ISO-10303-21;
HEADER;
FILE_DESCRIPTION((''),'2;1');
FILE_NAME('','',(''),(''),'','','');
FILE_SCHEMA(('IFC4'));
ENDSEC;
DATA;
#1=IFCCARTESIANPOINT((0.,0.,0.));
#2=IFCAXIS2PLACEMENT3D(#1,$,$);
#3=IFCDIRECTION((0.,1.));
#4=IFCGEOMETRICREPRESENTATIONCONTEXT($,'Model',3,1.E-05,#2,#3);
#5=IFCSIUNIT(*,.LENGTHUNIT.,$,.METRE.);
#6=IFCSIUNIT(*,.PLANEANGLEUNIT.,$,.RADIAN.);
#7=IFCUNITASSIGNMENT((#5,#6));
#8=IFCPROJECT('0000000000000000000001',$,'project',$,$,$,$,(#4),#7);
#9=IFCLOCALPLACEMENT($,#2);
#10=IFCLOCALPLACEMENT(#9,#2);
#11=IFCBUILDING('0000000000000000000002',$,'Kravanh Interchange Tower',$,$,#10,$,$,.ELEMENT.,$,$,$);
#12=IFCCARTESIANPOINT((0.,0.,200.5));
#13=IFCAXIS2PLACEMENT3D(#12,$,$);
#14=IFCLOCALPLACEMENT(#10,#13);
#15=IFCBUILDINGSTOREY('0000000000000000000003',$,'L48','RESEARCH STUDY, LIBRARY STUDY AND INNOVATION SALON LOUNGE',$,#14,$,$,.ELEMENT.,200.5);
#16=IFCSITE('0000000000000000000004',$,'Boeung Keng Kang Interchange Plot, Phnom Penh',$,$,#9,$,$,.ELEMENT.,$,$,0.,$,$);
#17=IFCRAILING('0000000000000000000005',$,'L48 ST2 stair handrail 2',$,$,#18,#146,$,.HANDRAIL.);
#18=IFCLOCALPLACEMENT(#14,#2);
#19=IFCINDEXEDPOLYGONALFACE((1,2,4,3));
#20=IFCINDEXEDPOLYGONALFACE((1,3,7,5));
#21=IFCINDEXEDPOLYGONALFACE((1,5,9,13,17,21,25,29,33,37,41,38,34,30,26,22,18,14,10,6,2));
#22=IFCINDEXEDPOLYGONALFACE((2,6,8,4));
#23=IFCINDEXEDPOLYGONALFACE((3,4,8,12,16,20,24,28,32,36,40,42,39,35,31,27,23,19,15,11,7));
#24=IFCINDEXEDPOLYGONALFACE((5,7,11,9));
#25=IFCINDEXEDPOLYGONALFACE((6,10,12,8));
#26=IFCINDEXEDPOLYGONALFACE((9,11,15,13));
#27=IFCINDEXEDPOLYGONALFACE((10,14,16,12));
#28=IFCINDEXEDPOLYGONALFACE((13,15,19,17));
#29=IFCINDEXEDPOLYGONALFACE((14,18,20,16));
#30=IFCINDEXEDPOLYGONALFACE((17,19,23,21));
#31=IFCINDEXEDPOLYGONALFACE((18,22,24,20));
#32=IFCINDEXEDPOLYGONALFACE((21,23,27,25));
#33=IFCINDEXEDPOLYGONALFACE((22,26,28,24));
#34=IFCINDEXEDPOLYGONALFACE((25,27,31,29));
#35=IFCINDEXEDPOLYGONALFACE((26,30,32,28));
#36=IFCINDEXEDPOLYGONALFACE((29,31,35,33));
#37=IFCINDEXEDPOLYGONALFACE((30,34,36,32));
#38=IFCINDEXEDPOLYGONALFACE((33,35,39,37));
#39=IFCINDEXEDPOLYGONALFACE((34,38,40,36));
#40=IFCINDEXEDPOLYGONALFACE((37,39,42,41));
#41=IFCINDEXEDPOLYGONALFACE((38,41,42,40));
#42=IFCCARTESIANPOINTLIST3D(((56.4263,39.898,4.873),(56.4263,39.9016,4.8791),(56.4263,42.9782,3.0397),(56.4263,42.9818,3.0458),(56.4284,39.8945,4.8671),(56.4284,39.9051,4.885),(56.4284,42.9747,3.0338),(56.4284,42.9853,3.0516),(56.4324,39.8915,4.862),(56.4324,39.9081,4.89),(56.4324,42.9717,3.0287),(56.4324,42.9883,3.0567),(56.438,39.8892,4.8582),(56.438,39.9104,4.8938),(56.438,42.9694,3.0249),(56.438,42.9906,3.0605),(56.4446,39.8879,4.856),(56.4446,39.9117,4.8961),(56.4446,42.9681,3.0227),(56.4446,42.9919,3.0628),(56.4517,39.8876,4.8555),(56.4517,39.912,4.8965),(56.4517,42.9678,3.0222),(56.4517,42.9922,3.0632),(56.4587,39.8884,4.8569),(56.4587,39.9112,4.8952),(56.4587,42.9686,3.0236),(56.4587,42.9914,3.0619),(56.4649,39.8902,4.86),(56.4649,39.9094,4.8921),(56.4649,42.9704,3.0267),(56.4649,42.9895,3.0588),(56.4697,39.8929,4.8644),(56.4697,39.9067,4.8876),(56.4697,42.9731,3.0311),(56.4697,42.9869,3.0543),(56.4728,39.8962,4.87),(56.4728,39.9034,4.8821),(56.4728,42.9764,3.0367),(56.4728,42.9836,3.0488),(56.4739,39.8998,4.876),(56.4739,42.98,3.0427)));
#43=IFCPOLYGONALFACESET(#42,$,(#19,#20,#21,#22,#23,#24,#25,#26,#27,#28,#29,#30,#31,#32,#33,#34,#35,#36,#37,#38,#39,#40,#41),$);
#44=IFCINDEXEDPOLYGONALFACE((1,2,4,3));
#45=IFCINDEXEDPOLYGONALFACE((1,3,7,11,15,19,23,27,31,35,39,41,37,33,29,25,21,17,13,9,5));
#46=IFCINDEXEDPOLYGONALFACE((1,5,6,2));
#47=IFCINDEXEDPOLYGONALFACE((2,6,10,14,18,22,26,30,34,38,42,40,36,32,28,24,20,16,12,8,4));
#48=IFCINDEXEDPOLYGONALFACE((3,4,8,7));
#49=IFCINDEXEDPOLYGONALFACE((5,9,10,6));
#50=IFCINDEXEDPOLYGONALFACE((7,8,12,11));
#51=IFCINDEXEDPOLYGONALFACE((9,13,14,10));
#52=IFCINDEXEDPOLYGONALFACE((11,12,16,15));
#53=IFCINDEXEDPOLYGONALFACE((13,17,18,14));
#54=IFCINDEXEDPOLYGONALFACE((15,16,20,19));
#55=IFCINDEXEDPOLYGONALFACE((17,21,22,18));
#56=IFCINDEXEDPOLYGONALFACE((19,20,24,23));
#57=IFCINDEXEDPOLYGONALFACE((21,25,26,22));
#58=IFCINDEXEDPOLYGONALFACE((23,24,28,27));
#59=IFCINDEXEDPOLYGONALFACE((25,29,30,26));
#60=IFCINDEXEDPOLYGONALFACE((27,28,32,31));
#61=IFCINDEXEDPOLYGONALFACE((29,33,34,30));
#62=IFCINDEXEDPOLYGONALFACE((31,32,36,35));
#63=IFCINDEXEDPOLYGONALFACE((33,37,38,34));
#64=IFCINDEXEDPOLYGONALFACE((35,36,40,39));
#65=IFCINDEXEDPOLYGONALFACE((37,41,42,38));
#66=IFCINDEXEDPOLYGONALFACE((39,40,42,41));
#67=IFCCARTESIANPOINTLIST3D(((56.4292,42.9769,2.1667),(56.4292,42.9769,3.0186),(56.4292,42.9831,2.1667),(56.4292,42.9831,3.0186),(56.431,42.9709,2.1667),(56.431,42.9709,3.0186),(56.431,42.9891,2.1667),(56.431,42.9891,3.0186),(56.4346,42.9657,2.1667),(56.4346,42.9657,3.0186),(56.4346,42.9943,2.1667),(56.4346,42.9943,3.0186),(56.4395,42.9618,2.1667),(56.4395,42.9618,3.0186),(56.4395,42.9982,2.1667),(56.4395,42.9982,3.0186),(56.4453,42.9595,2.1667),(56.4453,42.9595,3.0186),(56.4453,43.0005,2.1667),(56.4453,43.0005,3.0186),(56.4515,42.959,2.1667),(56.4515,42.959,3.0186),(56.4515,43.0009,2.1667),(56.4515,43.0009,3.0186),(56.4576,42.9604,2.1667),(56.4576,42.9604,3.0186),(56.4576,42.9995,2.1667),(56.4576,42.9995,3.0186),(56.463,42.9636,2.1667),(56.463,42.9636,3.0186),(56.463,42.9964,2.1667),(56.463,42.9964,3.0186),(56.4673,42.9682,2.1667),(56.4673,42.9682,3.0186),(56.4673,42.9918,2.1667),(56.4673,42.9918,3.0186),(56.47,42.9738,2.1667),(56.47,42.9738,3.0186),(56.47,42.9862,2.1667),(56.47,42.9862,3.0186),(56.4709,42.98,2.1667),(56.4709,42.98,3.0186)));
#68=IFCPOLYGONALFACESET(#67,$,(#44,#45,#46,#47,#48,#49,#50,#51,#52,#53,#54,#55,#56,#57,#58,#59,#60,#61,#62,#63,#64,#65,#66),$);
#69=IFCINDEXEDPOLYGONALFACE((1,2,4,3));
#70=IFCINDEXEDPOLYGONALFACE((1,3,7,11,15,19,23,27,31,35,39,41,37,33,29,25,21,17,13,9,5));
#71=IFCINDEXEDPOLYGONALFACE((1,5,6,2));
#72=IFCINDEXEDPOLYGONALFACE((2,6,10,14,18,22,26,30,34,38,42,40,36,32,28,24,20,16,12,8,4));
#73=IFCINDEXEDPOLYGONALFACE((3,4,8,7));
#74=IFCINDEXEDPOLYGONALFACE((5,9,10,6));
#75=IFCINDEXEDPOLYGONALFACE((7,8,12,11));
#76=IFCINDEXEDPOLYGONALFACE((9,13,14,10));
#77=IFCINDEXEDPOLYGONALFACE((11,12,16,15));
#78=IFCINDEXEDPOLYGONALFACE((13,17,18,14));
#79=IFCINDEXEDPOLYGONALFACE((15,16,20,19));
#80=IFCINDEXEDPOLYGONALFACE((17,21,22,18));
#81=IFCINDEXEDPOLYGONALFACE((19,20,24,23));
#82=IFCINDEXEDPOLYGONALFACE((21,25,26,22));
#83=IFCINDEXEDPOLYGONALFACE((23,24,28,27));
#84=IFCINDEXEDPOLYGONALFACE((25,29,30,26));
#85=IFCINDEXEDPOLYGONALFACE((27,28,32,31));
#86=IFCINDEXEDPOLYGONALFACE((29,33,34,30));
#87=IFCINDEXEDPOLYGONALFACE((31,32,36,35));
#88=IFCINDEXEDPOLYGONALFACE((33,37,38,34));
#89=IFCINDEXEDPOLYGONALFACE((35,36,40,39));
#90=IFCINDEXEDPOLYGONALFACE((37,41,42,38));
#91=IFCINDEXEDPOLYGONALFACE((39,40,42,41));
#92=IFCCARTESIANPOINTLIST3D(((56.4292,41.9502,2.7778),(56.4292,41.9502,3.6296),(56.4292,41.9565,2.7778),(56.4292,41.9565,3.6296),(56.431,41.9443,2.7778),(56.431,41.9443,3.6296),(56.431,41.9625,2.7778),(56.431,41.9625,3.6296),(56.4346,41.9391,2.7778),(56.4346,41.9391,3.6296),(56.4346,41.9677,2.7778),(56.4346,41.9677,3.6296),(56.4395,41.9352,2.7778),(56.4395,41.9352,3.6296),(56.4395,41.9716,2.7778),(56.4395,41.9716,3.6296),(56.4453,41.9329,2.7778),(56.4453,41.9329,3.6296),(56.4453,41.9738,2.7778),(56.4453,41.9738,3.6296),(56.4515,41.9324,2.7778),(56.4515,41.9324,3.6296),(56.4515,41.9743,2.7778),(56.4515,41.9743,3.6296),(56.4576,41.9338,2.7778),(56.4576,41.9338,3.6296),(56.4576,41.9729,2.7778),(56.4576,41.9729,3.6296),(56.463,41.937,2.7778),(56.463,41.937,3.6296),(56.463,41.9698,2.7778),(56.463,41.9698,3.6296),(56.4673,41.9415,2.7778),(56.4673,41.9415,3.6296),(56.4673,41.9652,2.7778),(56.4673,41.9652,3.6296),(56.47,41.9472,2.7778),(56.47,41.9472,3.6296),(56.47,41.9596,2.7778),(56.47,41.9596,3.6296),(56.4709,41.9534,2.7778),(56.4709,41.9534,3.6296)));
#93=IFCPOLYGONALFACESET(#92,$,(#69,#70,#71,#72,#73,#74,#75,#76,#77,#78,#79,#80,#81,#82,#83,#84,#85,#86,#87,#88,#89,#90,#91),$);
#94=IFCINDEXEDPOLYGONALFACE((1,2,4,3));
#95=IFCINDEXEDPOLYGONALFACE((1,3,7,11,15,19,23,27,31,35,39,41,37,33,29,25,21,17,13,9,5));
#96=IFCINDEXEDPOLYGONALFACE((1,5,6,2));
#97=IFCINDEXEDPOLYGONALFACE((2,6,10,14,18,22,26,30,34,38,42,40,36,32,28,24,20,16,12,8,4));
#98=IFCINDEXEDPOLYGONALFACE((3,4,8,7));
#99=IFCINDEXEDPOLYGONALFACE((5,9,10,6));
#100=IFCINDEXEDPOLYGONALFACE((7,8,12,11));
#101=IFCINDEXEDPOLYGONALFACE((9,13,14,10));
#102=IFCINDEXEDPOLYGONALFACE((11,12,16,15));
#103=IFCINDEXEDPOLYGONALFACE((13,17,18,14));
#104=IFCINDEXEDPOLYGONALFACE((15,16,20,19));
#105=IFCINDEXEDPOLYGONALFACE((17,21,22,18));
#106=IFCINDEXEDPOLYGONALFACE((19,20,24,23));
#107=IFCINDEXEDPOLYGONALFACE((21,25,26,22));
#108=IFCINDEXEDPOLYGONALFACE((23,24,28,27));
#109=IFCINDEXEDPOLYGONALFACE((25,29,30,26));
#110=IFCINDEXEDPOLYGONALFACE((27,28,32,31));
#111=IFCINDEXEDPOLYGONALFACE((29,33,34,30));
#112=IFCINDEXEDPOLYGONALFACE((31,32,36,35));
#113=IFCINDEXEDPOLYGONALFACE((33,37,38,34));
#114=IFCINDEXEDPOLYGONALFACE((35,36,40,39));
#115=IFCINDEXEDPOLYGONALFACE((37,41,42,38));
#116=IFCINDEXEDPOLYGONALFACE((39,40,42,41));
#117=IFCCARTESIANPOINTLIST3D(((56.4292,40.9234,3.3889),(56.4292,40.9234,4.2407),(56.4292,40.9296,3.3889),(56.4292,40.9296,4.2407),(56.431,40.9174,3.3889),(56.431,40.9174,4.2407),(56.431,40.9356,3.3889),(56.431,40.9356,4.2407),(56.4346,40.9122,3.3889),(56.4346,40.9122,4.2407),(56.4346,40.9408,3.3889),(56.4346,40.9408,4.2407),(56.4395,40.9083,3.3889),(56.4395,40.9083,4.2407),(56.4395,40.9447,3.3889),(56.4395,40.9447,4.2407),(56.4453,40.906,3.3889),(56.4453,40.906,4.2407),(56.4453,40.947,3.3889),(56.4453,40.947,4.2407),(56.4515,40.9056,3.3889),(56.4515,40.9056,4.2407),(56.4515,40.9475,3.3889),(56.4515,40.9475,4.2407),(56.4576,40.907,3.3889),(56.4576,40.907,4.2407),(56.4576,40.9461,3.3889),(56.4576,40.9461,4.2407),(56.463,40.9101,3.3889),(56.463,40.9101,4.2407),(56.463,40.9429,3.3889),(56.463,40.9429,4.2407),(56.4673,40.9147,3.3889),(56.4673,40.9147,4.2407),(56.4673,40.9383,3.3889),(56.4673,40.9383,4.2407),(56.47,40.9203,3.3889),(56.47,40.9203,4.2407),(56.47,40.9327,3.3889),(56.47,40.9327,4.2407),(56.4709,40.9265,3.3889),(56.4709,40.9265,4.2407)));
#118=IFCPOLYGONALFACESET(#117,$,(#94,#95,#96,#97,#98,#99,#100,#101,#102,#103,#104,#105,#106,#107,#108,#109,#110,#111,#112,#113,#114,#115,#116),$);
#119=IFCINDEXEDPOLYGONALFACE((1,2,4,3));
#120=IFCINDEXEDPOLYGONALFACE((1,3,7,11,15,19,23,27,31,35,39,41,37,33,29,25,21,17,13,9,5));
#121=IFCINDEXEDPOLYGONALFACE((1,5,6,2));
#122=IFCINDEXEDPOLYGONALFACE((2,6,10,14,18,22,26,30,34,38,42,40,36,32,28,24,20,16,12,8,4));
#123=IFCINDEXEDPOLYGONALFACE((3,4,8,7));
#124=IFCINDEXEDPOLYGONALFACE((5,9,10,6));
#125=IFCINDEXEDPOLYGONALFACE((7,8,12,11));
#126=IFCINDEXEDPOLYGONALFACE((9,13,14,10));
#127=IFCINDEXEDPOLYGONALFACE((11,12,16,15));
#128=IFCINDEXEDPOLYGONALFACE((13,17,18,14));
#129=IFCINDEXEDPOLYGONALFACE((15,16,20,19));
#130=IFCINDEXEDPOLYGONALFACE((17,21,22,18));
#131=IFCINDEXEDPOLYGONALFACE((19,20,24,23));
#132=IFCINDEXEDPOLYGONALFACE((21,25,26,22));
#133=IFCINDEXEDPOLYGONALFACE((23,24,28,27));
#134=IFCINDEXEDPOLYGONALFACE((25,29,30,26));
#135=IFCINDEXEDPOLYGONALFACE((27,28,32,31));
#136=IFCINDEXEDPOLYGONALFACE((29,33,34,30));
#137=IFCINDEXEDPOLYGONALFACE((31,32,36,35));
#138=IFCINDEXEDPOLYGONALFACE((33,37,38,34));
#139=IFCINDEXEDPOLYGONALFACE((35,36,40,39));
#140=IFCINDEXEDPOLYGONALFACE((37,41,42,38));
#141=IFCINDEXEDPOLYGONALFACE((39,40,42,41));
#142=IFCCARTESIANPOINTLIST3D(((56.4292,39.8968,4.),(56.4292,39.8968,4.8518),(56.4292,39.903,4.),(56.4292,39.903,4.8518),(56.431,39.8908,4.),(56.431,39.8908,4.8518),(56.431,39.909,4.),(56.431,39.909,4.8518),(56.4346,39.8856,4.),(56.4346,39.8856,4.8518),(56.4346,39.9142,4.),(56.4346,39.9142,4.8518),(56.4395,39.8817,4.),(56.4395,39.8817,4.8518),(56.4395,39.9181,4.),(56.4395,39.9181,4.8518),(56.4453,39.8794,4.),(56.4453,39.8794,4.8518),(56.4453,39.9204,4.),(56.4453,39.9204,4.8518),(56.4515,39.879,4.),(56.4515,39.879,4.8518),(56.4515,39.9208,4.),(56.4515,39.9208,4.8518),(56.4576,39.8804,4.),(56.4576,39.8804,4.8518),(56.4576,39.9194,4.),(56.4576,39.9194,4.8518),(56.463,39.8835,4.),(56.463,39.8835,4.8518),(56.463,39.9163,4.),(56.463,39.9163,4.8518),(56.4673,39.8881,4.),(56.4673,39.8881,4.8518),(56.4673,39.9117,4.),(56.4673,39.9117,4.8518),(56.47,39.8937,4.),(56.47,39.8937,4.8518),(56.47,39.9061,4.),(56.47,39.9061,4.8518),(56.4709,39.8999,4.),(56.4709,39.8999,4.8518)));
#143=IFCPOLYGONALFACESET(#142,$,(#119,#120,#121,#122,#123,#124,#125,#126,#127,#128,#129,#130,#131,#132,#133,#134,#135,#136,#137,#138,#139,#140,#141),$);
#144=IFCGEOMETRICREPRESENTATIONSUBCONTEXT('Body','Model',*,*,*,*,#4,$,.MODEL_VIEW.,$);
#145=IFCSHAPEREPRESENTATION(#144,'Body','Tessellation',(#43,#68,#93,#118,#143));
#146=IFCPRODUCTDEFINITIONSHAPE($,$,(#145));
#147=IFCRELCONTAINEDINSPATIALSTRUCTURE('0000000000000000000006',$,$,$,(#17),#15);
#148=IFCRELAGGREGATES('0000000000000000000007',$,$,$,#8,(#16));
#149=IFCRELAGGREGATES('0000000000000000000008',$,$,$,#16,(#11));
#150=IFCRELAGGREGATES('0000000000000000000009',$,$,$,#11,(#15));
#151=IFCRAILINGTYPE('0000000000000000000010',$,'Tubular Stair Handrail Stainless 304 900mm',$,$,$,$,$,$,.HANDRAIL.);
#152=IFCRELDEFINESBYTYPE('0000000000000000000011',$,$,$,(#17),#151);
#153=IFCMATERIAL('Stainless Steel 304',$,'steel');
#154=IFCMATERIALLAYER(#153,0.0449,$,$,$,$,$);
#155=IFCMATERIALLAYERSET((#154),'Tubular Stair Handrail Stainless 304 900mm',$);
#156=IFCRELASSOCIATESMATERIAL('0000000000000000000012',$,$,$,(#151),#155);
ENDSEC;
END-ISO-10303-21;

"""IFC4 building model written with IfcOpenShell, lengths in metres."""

from ifc_helpers import new_model, si_unit, direction, frame, origin, origin_2d, place, context, subcontext, project, spatial, circle, extrude, material, layer, layer_set, type_object, element, save


model = new_model("IFC4")

# Units and contexts
model_context = context("Model", 3, precision=1e-05, world=origin(), true_north=direction((0.0, 1.0)))
body_context = subcontext(model_context, "Body", "Model", "MODEL_VIEW")
ifc_project = project(units=[si_unit("LENGTHUNIT", "METRE"), si_unit("PLANEANGLEUNIT", "RADIAN")], contexts=[model_context])

# Site, building, storey
site_placement = place(None, origin())
site = spatial("IfcSite", under=ifc_project, at=site_placement, Name="Boeung Keng Kang Interchange Plot, Phnom Penh", CompositionType="ELEMENT", RefElevation=0.0)
building_placement = place(site_placement, origin())
building = spatial("IfcBuilding", under=site, at=building_placement, Name="Kravanh Interchange Tower", CompositionType="ELEMENT")
storey_placement = place(building_placement, frame((0.0, 0.0, 200.5)))
storey = spatial("IfcBuildingStorey", under=building, at=storey_placement, Name="L48", Description="RESEARCH STUDY, LIBRARY STUDY AND INNOVATION SALON LOUNGE", CompositionType="ELEMENT", Elevation=200.5)

# Railing
ifc_material_1 = material(Name="Stainless Steel 304", Category="steel")
ifc_layer_1 = layer(ifc_material_1, 0.0449)
ifc_layer_set_1 = layer_set([ifc_layer_1], Name="Tubular Stair Handrail Stainless 304 900mm")
railing_type_1 = type_object("IfcRailingType", Name="Tubular Stair Handrail Stainless 304 900mm", PredefinedType="HANDRAIL", material=ifc_layer_set_1)
railing_1_placement = place(storey_placement, frame((56.45, 42.98, 2.1667)))
element("IfcRailing", 1, at=railing_1_placement, inside=storey, type_object=railing_type_1, Name="L48 ST2 stair handrail 2", PredefinedType="HANDRAIL", context=body_context, shape_type="SweptSolid", body=[
    extrude(circle(Radius=0.0239, at=origin_2d()), frame((0.0, 0.0, 0.876), z_axis=(0.0, -0.859309, 0.511458), x_axis=(1.0, 0.0, 0.0)), (0.0, 0.0, 1.0), 3.5845),
    extrude(circle(Radius=0.021, at=origin_2d()), origin(), (0.0, 0.0, 1.0), 0.8518),
    extrude(circle(Radius=0.021, at=origin_2d()), frame((0.0, -1.0266, 0.6111)), (0.0, 0.0, 1.0), 0.8518),
    extrude(circle(Radius=0.021, at=origin_2d()), frame((0.0, -2.0535, 1.2222)), (0.0, 0.0, 1.0), 0.8518),
    extrude(circle(Radius=0.021, at=origin_2d()), frame((0.0, -3.0801, 1.8333)), (0.0, 0.0, 1.0), 0.8518),
])

save(model, "model.ifc")
